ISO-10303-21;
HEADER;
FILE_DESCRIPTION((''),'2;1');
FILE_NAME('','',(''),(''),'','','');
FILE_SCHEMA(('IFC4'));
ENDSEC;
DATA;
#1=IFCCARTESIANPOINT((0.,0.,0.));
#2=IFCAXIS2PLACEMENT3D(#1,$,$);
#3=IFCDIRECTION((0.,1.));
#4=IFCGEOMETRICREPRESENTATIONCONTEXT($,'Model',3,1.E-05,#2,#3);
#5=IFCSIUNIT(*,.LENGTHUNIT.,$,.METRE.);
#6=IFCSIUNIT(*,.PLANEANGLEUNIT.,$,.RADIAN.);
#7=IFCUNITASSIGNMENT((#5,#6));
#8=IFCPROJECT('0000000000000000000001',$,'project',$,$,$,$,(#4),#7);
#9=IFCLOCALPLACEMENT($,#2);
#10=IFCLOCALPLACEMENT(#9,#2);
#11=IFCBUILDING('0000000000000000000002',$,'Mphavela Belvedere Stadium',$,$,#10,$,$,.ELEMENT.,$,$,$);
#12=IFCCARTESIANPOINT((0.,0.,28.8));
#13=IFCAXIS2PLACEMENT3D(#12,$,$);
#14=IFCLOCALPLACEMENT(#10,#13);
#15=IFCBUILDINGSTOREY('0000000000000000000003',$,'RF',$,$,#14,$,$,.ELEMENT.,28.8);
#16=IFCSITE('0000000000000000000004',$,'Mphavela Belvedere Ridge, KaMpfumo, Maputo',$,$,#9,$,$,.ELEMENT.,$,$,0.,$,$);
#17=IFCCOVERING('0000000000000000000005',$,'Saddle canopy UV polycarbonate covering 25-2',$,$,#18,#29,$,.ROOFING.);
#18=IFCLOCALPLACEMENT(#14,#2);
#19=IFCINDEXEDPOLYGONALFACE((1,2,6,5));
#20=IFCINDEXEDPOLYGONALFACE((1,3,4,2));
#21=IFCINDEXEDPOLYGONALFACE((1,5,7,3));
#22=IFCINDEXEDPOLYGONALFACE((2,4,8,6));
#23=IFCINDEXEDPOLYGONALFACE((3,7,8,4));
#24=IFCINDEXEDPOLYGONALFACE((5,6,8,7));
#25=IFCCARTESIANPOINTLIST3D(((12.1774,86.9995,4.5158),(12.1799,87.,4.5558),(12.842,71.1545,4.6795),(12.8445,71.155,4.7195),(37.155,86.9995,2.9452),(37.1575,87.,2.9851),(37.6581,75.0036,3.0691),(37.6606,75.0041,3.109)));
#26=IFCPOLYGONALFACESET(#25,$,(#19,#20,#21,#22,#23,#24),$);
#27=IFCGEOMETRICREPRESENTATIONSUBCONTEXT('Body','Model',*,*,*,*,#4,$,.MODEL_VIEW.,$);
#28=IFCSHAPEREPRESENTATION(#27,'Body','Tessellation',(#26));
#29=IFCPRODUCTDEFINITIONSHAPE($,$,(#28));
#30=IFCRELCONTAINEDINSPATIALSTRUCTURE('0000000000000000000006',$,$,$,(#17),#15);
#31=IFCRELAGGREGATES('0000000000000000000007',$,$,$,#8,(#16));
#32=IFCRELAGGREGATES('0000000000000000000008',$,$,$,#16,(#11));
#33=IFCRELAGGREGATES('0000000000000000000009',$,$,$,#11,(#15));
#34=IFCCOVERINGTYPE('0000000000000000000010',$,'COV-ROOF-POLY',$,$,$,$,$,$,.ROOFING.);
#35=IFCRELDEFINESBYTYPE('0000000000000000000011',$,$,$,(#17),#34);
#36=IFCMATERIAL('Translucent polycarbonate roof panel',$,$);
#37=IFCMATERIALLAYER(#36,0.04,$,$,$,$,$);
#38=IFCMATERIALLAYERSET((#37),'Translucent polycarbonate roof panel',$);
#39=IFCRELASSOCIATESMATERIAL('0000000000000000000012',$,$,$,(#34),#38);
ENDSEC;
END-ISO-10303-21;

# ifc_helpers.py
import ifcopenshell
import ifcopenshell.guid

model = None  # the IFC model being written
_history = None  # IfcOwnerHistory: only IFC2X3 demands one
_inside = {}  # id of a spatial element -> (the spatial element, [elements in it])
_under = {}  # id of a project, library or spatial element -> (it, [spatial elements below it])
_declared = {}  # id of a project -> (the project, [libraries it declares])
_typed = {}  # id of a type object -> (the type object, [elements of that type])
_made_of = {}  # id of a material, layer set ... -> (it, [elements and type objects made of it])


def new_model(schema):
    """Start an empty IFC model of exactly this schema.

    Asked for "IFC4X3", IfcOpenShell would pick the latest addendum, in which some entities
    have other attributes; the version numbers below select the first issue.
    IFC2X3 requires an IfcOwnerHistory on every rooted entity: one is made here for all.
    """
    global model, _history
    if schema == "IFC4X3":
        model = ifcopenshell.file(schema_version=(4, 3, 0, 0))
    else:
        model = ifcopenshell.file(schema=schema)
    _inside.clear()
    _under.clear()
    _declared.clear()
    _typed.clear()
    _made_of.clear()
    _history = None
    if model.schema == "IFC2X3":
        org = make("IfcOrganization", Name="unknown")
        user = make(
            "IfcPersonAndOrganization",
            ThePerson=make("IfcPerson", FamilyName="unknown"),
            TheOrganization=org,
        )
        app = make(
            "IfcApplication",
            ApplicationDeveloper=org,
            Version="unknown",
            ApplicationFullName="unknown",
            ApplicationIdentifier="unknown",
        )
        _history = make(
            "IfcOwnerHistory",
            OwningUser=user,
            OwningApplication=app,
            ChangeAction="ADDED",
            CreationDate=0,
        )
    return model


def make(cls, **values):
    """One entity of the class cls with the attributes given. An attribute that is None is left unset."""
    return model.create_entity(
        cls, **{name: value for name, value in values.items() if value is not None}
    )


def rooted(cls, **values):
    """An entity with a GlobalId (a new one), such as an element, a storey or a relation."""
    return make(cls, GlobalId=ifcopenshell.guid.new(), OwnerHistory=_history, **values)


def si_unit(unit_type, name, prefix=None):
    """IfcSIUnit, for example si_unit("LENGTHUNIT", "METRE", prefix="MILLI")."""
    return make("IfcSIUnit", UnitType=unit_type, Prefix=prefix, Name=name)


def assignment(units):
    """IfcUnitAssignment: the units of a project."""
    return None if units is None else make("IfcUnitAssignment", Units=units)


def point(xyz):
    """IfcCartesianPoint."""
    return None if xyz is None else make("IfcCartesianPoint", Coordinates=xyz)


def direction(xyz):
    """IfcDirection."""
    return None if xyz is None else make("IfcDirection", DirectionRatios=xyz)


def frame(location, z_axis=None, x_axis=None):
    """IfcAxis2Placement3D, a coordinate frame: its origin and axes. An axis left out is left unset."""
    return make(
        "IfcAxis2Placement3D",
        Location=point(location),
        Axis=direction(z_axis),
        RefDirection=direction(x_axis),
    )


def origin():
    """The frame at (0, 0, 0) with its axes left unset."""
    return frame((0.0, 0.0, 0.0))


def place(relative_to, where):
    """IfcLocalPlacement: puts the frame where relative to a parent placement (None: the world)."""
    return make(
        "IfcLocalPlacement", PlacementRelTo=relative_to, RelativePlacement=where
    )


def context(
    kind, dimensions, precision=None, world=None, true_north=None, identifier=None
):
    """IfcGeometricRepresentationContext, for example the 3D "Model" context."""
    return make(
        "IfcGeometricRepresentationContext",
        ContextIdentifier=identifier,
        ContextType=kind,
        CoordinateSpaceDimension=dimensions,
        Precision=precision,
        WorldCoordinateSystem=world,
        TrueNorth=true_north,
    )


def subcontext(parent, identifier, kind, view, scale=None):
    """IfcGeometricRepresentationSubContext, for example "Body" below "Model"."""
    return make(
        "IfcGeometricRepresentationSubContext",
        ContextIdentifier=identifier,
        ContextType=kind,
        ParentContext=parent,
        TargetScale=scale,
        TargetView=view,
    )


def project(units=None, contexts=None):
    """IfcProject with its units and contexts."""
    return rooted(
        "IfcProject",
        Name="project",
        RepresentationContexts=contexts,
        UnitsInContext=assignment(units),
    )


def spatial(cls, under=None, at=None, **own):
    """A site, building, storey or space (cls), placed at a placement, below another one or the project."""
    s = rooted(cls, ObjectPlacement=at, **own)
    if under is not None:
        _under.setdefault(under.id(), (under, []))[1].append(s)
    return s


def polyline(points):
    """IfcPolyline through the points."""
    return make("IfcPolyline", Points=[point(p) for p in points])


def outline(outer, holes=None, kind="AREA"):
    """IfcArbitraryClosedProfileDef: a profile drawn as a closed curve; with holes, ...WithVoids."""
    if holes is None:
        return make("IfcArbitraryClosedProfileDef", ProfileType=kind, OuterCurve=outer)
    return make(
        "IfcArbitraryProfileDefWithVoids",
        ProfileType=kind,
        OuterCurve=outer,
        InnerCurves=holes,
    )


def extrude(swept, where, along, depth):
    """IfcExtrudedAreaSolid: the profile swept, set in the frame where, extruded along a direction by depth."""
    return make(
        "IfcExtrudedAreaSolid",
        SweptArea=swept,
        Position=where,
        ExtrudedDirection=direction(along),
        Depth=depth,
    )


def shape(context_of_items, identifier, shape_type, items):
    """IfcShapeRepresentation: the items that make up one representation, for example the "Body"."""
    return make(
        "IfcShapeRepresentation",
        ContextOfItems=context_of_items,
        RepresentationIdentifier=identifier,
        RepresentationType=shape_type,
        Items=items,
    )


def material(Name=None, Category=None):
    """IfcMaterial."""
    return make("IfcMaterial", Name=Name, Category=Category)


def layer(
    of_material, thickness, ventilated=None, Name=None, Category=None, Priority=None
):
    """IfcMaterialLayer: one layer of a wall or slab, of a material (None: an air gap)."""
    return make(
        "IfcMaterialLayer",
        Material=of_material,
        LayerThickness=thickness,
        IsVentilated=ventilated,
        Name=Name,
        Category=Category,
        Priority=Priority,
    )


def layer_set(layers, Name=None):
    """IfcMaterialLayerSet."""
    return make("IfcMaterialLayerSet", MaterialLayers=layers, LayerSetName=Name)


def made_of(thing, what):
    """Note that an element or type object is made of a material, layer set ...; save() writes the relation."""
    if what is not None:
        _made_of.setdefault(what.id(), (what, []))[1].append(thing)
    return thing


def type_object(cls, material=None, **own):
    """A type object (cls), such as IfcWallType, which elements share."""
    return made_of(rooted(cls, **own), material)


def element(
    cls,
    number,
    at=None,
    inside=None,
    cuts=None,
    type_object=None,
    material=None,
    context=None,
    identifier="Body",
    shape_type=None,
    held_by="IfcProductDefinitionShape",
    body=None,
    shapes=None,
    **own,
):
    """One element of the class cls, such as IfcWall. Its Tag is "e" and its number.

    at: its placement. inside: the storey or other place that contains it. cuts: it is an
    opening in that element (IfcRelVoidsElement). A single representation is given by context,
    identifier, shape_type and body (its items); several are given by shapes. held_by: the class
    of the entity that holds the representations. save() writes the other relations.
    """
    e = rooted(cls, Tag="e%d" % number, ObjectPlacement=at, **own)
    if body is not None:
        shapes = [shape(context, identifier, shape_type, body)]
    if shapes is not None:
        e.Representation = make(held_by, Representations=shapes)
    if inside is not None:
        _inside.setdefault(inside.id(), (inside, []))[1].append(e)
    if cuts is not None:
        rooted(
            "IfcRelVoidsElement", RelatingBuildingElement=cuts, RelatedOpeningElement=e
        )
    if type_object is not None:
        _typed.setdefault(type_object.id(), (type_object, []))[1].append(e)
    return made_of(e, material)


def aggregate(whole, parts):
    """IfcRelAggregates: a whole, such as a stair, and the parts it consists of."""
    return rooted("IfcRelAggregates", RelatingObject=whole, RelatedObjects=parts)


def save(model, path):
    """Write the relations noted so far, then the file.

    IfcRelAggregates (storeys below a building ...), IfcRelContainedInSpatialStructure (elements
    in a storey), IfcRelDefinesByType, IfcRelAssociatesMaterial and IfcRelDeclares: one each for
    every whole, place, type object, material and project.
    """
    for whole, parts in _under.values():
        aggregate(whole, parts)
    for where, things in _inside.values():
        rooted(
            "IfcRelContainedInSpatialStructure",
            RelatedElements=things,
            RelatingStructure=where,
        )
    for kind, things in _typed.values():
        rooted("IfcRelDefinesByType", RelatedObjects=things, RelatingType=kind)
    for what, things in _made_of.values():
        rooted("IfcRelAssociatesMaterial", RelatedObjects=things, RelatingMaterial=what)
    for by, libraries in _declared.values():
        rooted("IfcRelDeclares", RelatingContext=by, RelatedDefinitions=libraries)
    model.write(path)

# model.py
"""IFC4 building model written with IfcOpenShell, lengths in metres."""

from ifc_helpers import new_model, si_unit, direction, frame, origin, place, context, subcontext, project, spatial, polyline, outline, extrude, material, layer, layer_set, type_object, element, save


model = new_model("IFC4")

# Units and contexts
model_context = context("Model", 3, precision=1e-05, world=origin(), true_north=direction((0.0, 1.0)))
body_context = subcontext(model_context, "Body", "Model", "MODEL_VIEW")
ifc_project = project(units=[si_unit("LENGTHUNIT", "METRE"), si_unit("PLANEANGLEUNIT", "RADIAN")], contexts=[model_context])

# Site, building, storey
site_placement = place(None, origin())
site = spatial("IfcSite", under=ifc_project, at=site_placement, Name="Mphavela Belvedere Ridge, KaMpfumo, Maputo", CompositionType="ELEMENT", RefElevation=0.0)
building_placement = place(site_placement, origin())
building = spatial("IfcBuilding", under=site, at=building_placement, Name="Mphavela Belvedere Stadium", CompositionType="ELEMENT")
storey_placement = place(building_placement, frame((0.0, 0.0, 28.8)))
storey = spatial("IfcBuildingStorey", under=building, at=storey_placement, Name="RF", CompositionType="ELEMENT", Elevation=28.8)

# Covering
ifc_material_1 = material(Name="Translucent polycarbonate roof panel")
ifc_layer_1 = layer(ifc_material_1, 0.04)
ifc_layer_set_1 = layer_set([ifc_layer_1], Name="Translucent polycarbonate roof panel")
covering_type = type_object("IfcCoveringType", Name="COV-ROOF-POLY", PredefinedType="ROOFING", material=ifc_layer_set_1)
covering_1_placement = place(storey_placement, frame((37.1575, 87.0, 2.9851), z_axis=(0.062755, 0.012941, 0.997945), x_axis=(0.041906, -0.999068, 0.01032)))
element("IfcCovering", 1, at=covering_1_placement, inside=storey, type_object=covering_type, Name="Saddle canopy UV polycarbonate covering 25-2", PredefinedType="ROOFING", context=body_context, shape_type="SweptSolid", body=[
    extrude(outline(polyline([(0.0, 0.0), (12.007, 0.0), (14.8292, -25.0057), (-1.0305, -25.0057), (0.0, 0.0)])), origin(), (0.0, 0.0, -1.0), 0.04),
])

save(model, "model.ifc")
